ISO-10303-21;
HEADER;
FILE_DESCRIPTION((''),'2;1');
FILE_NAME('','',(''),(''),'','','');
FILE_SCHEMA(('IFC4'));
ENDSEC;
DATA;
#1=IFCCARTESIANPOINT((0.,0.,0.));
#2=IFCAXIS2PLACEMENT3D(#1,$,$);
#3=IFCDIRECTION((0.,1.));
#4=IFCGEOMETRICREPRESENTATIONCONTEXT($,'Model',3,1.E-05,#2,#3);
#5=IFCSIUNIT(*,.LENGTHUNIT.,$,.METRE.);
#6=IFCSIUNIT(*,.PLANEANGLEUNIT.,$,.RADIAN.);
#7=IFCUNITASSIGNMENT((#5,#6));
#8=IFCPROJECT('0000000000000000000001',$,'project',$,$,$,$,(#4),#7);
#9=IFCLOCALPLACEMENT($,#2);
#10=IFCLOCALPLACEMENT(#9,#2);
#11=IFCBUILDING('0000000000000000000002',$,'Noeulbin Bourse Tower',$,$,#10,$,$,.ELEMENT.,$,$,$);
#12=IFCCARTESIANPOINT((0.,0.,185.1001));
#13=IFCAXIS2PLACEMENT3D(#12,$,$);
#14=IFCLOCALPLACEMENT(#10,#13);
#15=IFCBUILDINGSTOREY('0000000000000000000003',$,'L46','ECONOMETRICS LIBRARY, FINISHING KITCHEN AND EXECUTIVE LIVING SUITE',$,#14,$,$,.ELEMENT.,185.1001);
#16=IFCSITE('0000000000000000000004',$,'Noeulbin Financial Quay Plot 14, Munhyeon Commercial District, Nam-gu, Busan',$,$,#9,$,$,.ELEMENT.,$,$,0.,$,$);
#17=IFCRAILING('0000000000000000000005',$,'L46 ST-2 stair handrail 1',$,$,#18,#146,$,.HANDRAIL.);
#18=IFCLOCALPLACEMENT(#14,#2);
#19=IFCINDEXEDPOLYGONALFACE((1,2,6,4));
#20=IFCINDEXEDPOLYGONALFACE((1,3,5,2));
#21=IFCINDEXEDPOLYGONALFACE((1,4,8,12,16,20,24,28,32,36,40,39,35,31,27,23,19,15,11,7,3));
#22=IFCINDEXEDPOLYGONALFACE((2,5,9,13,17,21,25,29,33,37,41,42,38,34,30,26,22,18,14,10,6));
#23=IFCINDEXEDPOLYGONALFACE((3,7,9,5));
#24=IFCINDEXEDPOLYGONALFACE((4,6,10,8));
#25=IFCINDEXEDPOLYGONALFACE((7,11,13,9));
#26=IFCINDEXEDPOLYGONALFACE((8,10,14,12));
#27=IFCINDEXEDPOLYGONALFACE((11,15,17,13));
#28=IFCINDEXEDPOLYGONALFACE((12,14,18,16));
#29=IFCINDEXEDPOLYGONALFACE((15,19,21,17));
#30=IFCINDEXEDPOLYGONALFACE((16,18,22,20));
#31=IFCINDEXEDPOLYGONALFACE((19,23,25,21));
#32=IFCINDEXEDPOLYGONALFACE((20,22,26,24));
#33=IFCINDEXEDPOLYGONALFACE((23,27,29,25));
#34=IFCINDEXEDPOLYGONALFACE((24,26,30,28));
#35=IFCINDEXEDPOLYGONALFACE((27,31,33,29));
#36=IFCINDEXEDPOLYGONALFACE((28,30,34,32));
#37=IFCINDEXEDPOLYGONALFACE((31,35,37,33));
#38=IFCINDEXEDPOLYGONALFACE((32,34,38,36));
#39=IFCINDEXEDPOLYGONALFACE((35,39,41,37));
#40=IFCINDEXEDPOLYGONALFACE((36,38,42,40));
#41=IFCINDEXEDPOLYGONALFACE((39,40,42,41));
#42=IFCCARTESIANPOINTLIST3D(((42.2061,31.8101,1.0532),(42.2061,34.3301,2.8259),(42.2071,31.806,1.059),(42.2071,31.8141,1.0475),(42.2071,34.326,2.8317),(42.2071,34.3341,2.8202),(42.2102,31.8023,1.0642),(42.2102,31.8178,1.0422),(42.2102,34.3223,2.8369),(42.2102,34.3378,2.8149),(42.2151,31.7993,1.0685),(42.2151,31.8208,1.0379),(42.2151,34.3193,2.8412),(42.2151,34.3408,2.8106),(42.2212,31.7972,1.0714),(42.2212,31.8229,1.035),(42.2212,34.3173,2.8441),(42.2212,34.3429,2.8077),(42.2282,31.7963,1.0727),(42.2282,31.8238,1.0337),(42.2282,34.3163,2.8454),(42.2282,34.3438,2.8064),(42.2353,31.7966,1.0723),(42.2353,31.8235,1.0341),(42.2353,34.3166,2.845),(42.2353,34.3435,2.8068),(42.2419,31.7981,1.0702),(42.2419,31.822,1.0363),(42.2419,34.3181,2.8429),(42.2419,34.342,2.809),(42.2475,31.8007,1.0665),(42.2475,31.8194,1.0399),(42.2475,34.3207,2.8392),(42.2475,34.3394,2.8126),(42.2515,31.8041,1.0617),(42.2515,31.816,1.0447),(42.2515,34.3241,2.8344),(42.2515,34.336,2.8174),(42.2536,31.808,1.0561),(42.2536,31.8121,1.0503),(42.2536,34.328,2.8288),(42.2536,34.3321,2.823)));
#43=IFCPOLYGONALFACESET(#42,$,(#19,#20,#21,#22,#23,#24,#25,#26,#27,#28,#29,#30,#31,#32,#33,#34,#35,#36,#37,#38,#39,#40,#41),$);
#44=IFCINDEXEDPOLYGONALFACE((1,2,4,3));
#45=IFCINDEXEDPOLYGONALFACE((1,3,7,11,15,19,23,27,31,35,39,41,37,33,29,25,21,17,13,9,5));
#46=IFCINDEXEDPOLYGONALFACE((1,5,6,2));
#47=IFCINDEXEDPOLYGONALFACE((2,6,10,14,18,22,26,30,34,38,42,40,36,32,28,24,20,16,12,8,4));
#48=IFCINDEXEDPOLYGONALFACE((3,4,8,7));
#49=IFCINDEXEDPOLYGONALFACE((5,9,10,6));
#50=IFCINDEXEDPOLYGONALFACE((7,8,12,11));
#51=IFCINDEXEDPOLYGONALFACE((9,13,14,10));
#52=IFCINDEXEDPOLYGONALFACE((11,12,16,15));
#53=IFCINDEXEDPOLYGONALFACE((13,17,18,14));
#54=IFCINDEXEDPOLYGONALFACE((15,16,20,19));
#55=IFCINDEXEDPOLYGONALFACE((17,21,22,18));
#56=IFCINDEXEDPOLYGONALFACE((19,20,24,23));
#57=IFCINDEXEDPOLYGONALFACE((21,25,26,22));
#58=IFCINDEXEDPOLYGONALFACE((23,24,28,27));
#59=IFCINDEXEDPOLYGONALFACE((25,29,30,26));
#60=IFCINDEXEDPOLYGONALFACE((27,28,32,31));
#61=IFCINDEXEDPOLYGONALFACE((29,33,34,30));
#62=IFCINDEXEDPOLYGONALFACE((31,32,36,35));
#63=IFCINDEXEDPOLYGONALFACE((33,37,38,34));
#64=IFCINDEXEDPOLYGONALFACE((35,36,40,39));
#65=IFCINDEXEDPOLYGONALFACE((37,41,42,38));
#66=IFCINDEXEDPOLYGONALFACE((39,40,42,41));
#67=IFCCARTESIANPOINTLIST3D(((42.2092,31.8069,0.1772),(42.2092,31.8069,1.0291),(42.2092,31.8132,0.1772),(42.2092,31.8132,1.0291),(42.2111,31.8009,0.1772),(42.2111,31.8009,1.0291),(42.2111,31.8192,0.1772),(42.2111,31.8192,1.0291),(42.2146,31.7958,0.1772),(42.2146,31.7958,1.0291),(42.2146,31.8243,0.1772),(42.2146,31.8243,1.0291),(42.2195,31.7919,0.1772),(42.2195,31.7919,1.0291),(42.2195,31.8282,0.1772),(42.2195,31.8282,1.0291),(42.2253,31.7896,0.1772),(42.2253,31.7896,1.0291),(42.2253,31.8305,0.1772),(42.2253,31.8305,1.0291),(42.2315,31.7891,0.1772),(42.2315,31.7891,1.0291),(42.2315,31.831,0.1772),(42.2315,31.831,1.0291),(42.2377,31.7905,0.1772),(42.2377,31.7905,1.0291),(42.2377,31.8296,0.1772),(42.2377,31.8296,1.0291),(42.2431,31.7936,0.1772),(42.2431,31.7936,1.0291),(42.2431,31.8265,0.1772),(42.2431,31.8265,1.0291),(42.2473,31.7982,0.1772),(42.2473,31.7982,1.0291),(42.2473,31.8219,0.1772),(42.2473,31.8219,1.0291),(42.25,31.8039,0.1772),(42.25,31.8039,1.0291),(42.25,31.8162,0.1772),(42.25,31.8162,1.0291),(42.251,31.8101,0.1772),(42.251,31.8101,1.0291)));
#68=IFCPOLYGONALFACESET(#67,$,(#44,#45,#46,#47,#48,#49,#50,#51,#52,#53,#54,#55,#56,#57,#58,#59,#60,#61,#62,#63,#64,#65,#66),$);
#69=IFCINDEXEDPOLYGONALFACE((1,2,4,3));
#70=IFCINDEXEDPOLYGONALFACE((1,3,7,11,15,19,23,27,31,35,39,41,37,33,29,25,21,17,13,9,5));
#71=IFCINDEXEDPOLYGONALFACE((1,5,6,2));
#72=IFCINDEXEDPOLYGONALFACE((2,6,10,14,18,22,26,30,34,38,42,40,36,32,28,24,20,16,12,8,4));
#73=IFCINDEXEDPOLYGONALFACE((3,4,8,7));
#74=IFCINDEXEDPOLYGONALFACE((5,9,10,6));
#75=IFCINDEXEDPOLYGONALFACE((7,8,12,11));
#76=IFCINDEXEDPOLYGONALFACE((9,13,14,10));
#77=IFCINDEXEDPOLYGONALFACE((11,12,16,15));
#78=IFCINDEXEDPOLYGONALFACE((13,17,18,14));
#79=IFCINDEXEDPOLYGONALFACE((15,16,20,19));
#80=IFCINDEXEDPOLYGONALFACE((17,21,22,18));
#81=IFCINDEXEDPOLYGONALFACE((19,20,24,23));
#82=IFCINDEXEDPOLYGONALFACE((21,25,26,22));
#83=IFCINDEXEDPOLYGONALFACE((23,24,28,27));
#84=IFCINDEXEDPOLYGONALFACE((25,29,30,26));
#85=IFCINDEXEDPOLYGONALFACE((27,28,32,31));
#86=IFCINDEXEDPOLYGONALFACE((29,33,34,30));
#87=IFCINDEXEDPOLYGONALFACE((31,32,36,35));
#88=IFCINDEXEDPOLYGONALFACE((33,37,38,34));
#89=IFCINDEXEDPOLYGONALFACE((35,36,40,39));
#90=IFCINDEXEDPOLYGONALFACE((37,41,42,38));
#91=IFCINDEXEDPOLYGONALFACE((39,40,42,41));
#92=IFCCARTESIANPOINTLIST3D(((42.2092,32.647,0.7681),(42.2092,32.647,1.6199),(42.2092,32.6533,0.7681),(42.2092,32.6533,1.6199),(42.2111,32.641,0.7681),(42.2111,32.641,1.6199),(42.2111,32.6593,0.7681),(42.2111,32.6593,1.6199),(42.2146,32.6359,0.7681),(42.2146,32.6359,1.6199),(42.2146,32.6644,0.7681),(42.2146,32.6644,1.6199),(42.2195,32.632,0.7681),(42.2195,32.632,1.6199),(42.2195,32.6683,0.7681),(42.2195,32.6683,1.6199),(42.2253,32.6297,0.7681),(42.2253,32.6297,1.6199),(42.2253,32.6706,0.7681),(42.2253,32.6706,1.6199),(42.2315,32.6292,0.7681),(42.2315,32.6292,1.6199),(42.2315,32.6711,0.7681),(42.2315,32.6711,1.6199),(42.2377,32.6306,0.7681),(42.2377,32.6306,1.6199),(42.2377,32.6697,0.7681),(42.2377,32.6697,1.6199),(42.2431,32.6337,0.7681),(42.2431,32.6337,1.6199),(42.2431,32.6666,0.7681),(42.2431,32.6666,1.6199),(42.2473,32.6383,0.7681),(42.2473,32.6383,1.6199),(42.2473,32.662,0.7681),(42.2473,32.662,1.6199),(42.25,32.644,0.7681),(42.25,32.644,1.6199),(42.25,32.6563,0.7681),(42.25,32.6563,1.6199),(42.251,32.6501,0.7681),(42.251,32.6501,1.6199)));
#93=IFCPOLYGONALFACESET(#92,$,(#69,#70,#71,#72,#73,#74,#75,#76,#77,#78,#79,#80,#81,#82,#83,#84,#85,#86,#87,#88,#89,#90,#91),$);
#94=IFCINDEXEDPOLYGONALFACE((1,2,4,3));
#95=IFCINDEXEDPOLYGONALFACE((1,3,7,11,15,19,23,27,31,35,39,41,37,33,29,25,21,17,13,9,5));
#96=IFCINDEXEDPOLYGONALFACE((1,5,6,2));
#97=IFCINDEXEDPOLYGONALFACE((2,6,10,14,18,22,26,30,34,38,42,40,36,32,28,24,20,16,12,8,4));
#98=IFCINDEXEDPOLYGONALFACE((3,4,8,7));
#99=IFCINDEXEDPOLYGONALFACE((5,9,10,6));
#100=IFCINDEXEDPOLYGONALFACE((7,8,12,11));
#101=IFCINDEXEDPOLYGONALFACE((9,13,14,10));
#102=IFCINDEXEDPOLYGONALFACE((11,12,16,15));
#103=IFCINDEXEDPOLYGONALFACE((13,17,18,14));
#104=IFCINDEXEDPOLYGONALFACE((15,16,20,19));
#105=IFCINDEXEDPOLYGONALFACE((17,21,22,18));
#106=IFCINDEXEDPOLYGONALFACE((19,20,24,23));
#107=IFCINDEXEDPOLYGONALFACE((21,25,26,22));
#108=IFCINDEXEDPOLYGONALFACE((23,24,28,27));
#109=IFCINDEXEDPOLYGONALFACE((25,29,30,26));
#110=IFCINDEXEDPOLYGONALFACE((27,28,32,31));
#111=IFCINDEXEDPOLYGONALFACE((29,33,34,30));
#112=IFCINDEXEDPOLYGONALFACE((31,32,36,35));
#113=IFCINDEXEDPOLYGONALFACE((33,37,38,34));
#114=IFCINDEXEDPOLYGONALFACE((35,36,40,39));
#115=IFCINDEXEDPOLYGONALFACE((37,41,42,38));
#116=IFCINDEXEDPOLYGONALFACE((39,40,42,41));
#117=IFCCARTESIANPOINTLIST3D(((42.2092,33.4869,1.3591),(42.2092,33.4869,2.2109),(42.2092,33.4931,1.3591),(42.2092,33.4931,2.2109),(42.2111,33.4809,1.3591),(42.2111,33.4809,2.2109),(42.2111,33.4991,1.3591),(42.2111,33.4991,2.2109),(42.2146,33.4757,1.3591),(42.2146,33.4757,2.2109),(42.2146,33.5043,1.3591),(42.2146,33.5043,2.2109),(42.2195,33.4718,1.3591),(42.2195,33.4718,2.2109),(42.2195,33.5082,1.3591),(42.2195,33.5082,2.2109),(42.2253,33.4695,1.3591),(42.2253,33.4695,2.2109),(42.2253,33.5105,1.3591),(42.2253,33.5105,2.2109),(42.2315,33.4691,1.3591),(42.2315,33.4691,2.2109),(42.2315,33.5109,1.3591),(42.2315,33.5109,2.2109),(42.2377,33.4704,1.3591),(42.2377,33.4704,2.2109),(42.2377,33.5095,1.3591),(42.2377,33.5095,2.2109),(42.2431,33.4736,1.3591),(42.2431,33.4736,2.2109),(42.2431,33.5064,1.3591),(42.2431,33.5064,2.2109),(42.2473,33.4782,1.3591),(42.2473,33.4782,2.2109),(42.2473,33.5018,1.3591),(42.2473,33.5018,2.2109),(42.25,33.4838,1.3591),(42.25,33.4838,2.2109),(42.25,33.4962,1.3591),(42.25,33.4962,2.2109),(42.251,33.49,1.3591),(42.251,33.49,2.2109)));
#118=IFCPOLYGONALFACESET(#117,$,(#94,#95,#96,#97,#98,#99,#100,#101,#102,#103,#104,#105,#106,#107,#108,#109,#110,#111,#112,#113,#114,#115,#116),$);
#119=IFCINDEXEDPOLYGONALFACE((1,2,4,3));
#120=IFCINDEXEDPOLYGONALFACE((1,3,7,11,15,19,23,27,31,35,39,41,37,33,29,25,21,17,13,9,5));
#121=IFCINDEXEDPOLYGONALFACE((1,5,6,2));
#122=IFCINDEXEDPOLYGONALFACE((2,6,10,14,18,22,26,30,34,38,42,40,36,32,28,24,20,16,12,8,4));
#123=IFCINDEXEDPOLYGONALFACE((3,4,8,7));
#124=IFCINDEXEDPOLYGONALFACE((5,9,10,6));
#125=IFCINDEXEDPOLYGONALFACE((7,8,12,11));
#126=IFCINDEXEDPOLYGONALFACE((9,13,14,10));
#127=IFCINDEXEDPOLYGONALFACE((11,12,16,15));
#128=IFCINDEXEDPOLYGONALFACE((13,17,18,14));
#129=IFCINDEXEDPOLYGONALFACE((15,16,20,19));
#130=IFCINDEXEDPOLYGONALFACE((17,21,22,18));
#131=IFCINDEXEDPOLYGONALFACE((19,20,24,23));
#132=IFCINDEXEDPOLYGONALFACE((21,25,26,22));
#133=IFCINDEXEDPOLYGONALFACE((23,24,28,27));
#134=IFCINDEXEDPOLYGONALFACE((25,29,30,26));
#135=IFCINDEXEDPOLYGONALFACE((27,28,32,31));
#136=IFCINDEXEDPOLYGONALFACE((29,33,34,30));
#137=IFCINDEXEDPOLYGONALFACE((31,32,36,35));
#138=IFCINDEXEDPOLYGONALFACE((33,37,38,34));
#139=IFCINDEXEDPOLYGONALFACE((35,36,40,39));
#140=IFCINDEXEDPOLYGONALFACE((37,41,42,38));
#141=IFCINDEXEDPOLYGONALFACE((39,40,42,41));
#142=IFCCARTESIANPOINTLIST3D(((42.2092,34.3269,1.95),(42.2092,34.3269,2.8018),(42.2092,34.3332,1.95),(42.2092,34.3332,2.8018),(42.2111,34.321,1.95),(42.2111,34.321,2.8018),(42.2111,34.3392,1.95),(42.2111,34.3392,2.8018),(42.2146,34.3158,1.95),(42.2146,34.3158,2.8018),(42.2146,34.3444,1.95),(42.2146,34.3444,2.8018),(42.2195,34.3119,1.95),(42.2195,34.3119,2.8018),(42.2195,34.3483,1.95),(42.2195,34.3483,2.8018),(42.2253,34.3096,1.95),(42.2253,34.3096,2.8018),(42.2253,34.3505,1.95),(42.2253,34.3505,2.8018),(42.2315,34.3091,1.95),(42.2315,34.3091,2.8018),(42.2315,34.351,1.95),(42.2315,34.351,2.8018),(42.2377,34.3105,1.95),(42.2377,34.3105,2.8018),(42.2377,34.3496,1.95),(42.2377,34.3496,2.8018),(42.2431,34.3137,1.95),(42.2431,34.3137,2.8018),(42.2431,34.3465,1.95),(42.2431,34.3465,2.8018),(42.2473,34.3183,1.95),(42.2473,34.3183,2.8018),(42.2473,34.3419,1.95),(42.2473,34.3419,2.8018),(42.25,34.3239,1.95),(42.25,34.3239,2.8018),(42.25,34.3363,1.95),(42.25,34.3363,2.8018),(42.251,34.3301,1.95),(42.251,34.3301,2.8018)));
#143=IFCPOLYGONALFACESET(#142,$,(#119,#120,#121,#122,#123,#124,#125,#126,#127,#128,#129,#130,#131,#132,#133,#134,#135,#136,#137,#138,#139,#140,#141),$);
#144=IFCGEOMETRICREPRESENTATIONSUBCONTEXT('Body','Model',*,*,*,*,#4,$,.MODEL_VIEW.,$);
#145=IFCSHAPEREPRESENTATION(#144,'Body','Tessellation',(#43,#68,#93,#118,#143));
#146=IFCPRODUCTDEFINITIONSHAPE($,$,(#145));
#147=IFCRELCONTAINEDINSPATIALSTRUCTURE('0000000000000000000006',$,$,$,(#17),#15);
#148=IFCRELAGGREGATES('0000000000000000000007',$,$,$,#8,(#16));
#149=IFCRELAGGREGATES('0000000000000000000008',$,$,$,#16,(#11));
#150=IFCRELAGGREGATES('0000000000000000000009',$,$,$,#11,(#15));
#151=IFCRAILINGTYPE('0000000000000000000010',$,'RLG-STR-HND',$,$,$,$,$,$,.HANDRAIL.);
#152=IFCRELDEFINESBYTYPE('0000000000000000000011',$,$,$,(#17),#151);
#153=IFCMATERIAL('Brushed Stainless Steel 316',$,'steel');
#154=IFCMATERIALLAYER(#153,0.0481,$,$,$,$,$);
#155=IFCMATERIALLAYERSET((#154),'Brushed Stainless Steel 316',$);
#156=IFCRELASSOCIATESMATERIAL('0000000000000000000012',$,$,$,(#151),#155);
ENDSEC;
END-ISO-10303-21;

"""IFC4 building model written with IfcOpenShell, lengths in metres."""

from ifc_helpers import new_model, si_unit, direction, frame, origin, origin_2d, place, context, subcontext, project, spatial, circle, extrude, material, layer, layer_set, type_object, element, save


model = new_model("IFC4")

# Units and contexts
model_context = context("Model", 3, precision=1e-05, world=origin(), true_north=direction((0.0, 1.0)))
body_context = subcontext(model_context, "Body", "Model", "MODEL_VIEW")
ifc_project = project(units=[si_unit("LENGTHUNIT", "METRE"), si_unit("PLANEANGLEUNIT", "RADIAN")], contexts=[model_context])

# Site, building, storey
site_placement = place(None, origin())
site = spatial("IfcSite", under=ifc_project, at=site_placement, Name="Noeulbin Financial Quay Plot 14, Munhyeon Commercial District, Nam-gu, Busan", CompositionType="ELEMENT", RefElevation=0.0)
building_placement = place(site_placement, origin())
building = spatial("IfcBuilding", under=site, at=building_placement, Name="Noeulbin Bourse Tower", CompositionType="ELEMENT")
storey_placement = place(building_placement, frame((0.0, 0.0, 185.1001)))
storey = spatial("IfcBuildingStorey", under=building, at=storey_placement, Name="L46", Description="ECONOMETRICS LIBRARY, FINISHING KITCHEN AND EXECUTIVE LIVING SUITE", CompositionType="ELEMENT", Elevation=185.1001)

# Railing
ifc_material_1 = material(Name="Brushed Stainless Steel 316", Category="steel")
ifc_layer_1 = layer(ifc_material_1, 0.0481)
ifc_layer_set_1 = layer_set([ifc_layer_1], Name="Brushed Stainless Steel 316")
railing_type_1 = type_object("IfcRailingType", Name="RLG-STR-HND", PredefinedType="HANDRAIL", material=ifc_layer_set_1)
railing_1_placement = place(storey_placement, frame((42.23, 31.8101, 0.1772)))
element("IfcRailing", 1, at=railing_1_placement, inside=storey, type_object=railing_type_1, Name="L46 ST-2 stair handrail 1", PredefinedType="HANDRAIL", context=body_context, shape_type="SweptSolid", body=[
    extrude(circle(Radius=0.0239, at=origin_2d()), frame((0.0, 0.0, 0.876), z_axis=(0.0, 0.817904, 0.575354), x_axis=(-1.0, 0.0, 0.0)), (0.0, 0.0, 1.0), 3.0811),
    extrude(circle(Radius=0.021, at=origin_2d()), origin(), (0.0, 0.0, 1.0), 0.8518),
    extrude(circle(Radius=0.021, at=origin_2d()), frame((0.0, 0.8401, 0.5908)), (0.0, 0.0, 1.0), 0.8518),
    extrude(circle(Radius=0.021, at=origin_2d()), frame((0.0, 1.6799, 1.1819)), (0.0, 0.0, 1.0), 0.8518),
    extrude(circle(Radius=0.021, at=origin_2d()), frame((0.0, 2.52, 1.7727)), (0.0, 0.0, 1.0), 0.8518),
])

save(model, "model.ifc")
